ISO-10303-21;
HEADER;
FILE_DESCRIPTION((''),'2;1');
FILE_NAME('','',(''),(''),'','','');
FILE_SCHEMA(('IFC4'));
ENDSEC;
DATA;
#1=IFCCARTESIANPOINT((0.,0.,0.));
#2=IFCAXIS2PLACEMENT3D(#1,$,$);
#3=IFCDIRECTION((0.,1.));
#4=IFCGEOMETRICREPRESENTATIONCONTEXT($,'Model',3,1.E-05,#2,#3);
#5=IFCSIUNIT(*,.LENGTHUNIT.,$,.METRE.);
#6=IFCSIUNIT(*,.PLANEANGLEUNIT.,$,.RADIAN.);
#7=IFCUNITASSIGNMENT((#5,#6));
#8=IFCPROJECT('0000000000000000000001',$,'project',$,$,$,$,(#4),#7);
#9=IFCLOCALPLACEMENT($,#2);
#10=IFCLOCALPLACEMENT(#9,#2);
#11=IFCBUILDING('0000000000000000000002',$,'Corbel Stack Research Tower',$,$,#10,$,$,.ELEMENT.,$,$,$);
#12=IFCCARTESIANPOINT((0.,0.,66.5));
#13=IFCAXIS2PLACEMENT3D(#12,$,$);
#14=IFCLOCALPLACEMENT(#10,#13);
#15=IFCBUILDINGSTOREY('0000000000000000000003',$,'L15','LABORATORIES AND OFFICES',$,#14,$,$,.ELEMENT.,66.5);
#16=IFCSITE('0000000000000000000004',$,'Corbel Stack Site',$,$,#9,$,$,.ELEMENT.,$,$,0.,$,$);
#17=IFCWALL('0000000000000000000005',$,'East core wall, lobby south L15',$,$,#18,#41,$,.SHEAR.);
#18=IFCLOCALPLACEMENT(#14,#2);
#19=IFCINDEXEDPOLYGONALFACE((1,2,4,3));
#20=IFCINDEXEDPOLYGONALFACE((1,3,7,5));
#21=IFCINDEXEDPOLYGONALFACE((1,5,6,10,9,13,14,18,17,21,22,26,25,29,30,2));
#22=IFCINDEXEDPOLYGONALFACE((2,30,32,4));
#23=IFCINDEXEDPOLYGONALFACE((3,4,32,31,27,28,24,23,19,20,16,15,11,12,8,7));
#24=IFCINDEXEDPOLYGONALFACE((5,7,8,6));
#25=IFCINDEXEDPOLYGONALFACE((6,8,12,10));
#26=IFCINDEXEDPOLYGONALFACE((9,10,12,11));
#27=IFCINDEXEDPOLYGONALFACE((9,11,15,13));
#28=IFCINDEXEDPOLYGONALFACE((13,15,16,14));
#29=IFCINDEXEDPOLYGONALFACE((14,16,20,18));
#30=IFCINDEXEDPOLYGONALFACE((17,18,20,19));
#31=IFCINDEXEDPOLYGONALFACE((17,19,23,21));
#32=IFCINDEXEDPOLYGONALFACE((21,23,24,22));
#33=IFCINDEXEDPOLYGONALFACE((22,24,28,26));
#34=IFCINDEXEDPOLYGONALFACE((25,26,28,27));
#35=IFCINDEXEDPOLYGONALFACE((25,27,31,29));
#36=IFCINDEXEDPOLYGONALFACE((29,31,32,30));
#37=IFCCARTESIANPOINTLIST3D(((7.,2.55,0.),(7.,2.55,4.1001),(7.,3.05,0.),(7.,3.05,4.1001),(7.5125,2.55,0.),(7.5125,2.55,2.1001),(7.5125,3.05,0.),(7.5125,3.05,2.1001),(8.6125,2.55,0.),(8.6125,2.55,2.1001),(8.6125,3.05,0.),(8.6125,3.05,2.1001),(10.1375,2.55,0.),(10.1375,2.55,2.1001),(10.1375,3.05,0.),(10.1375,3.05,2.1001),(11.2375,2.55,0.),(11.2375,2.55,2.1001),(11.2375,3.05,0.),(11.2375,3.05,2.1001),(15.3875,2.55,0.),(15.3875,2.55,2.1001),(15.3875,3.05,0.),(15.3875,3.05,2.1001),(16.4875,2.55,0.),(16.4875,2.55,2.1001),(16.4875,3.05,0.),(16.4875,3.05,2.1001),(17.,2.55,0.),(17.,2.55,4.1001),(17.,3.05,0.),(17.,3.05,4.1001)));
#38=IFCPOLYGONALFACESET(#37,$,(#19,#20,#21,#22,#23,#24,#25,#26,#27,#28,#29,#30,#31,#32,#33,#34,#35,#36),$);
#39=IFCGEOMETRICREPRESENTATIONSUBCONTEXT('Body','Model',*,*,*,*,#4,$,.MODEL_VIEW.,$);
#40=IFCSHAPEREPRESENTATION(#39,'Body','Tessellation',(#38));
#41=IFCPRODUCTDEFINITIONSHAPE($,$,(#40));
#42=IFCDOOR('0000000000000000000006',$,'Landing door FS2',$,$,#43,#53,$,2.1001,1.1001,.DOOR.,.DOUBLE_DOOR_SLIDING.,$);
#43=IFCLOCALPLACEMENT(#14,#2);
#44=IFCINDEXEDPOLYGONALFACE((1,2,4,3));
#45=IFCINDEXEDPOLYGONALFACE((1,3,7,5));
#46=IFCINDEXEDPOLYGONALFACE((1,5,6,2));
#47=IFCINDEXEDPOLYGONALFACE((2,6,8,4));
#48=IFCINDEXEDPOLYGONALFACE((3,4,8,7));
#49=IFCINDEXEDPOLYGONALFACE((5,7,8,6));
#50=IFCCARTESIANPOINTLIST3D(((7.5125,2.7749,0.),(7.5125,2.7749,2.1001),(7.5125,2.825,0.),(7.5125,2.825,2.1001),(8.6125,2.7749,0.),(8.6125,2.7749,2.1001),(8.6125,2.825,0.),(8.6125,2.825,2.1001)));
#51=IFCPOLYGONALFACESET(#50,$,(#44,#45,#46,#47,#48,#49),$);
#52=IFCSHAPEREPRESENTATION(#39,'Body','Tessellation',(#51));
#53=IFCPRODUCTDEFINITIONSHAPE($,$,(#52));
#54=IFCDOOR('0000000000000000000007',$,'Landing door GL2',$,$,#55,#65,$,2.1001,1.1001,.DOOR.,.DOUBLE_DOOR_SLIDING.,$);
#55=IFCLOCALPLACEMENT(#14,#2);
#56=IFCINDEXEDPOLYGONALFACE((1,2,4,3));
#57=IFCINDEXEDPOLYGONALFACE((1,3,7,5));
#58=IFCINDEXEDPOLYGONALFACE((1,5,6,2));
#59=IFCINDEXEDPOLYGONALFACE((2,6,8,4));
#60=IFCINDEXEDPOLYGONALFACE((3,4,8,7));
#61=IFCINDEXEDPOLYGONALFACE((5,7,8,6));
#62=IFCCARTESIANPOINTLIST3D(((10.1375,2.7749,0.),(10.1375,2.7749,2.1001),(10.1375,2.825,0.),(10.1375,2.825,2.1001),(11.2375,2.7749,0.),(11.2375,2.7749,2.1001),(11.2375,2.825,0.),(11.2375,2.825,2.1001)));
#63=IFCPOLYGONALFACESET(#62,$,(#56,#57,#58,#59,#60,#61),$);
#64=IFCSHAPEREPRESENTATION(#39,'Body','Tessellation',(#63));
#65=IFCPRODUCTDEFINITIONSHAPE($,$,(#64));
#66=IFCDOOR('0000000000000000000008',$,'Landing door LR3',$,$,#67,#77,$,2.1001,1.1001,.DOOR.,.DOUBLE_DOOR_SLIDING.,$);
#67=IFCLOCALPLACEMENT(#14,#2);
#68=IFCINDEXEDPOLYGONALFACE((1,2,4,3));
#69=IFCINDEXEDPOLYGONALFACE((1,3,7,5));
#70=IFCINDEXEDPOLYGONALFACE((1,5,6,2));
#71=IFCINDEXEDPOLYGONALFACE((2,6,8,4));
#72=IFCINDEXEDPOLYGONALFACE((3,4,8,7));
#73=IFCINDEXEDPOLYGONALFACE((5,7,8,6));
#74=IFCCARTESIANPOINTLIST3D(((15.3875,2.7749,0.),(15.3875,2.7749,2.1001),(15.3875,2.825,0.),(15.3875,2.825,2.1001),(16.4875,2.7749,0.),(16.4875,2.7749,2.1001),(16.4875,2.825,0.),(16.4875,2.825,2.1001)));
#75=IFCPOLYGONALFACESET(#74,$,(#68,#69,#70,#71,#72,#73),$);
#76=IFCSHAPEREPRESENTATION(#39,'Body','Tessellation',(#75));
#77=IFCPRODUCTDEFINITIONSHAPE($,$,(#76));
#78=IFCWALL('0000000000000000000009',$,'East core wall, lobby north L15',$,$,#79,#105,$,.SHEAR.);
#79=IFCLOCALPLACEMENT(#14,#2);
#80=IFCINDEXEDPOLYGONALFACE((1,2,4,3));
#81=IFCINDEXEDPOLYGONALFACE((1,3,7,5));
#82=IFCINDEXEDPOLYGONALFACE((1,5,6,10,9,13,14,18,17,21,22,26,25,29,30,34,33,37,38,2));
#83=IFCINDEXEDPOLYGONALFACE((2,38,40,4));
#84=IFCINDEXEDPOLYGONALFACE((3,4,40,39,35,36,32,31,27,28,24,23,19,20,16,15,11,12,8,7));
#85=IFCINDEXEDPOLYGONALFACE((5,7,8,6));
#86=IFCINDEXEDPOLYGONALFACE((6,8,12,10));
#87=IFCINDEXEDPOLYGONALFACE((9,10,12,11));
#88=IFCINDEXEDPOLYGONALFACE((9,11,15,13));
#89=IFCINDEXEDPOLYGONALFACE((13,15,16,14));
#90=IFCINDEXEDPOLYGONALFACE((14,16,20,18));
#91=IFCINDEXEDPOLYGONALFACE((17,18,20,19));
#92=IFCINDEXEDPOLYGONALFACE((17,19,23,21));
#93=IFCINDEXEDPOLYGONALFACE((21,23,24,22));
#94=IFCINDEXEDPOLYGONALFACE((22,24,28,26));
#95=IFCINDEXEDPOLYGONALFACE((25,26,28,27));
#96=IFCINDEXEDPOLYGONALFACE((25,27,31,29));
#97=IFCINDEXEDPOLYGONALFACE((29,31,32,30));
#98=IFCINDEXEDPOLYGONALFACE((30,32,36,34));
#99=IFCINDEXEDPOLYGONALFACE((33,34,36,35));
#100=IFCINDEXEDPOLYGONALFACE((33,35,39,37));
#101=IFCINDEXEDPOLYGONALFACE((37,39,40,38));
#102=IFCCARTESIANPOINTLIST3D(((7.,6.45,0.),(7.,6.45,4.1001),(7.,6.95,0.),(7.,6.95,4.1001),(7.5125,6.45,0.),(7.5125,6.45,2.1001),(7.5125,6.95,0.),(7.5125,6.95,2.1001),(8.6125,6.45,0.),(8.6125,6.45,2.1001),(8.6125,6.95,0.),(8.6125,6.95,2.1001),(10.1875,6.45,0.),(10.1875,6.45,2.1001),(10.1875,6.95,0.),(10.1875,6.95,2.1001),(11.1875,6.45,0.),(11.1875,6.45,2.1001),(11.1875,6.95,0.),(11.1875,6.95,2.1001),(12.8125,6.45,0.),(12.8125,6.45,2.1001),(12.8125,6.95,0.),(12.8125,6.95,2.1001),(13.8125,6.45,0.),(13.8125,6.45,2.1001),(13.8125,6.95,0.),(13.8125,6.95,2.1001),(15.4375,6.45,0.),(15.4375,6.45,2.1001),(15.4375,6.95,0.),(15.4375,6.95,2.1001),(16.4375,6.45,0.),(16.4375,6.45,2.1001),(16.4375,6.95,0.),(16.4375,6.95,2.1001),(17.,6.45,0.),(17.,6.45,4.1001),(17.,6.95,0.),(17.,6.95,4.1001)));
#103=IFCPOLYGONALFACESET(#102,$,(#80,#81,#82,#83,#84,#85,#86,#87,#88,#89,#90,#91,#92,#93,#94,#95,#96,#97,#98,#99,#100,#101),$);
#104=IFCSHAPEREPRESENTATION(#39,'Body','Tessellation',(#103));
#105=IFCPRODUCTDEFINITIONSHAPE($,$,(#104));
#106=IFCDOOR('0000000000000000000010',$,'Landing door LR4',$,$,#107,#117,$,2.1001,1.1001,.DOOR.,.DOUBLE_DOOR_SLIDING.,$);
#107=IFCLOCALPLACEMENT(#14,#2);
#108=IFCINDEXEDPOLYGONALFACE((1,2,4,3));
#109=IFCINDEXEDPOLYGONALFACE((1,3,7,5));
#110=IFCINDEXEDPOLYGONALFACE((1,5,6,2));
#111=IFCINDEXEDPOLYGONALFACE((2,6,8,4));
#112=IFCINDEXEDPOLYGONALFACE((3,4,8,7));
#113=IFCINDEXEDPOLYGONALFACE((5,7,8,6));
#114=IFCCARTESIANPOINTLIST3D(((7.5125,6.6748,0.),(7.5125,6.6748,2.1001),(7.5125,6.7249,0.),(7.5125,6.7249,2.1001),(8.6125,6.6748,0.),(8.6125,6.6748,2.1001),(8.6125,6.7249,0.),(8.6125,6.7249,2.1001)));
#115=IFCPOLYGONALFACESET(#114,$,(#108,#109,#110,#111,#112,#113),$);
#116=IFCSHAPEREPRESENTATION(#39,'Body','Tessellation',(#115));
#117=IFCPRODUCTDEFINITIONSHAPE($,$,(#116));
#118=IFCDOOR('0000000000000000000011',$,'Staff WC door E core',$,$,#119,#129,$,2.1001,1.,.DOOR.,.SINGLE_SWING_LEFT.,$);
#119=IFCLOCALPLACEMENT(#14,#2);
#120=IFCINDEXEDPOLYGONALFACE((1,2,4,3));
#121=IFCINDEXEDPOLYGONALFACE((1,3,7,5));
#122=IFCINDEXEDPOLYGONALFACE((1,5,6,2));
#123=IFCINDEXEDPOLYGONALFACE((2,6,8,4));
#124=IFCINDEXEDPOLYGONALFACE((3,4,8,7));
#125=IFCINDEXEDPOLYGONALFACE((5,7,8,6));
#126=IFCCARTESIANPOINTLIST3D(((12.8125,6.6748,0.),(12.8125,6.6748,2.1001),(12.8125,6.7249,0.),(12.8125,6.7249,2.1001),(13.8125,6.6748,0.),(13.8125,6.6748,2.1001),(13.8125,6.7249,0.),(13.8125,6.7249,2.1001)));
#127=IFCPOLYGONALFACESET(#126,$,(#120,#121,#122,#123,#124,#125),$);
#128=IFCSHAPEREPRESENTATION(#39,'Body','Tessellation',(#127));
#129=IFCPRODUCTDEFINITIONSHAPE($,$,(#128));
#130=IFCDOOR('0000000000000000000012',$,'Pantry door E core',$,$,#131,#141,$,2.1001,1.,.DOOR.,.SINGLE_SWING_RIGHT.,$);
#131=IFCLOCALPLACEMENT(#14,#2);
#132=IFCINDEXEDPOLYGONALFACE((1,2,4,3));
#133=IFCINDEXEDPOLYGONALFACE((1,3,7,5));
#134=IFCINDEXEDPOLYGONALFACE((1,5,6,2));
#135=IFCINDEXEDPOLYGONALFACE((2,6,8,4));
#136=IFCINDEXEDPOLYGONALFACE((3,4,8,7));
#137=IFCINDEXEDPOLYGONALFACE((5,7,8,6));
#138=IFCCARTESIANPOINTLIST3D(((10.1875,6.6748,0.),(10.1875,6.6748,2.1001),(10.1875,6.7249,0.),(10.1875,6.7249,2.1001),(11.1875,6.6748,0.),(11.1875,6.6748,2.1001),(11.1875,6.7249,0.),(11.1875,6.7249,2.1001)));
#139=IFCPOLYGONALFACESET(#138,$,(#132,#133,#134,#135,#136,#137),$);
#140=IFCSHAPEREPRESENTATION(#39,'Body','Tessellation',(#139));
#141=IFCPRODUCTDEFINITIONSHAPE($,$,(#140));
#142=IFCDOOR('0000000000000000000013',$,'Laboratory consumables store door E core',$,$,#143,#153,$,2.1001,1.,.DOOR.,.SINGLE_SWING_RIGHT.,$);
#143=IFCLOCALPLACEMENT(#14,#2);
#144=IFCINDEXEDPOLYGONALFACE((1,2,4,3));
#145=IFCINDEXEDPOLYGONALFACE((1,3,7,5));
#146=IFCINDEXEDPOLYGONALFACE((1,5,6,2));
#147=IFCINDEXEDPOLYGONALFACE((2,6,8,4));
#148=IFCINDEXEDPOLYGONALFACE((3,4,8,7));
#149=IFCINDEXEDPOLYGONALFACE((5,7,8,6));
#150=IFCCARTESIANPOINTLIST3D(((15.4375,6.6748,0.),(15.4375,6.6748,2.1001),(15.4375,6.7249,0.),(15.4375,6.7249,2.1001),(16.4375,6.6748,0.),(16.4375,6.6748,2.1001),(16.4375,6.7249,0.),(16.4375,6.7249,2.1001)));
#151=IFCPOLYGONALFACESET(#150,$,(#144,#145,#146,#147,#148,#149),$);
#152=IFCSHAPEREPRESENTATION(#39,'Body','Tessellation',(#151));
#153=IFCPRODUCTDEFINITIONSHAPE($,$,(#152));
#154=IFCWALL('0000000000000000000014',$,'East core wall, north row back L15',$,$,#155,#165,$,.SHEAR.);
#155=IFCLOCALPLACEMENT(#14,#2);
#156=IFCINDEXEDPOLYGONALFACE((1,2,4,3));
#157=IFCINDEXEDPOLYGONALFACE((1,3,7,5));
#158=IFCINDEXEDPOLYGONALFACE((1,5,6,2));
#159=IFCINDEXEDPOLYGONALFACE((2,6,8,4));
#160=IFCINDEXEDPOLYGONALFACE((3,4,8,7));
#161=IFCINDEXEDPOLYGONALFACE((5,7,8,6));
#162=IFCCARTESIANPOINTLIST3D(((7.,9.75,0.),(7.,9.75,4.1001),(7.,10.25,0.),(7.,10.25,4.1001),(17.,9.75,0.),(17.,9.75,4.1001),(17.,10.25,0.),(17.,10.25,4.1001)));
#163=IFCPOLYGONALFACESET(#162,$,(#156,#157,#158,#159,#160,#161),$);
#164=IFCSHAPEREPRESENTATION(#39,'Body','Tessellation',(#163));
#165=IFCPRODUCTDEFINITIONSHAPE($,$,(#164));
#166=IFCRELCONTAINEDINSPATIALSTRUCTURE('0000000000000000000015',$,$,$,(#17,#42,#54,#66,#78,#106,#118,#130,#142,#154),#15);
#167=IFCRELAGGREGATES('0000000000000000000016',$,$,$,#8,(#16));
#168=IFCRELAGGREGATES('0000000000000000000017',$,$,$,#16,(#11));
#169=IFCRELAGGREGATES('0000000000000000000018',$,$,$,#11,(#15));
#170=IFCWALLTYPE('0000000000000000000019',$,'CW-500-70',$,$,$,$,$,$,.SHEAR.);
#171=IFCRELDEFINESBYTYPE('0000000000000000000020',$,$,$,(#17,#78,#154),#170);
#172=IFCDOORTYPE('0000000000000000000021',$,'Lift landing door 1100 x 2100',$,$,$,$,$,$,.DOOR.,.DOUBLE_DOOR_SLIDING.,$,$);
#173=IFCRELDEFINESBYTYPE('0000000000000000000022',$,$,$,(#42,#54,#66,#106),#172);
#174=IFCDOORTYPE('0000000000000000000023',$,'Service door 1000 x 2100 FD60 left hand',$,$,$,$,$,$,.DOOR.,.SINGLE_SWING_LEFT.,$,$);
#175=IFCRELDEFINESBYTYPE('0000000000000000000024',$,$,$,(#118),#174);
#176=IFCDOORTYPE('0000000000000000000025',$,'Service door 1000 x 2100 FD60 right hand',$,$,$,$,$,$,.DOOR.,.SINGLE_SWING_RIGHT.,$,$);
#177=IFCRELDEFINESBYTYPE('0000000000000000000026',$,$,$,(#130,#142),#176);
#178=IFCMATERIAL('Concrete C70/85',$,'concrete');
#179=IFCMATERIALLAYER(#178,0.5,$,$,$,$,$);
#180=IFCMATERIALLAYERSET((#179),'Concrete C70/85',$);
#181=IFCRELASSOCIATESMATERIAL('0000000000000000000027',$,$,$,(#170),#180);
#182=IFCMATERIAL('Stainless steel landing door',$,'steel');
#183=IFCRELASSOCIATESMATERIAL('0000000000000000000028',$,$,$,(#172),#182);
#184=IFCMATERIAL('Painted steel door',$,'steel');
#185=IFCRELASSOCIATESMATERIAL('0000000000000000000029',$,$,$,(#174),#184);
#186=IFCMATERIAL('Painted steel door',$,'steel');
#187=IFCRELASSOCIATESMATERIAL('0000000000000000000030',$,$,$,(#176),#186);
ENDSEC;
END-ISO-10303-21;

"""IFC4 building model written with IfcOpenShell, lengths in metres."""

from ifc_helpers import new_model, si_unit, direction, frame, frame_2d, origin, place, context, subcontext, project, spatial, rectangle, extrude, material, layer, layer_set, type_object, element, fill, save


model = new_model("IFC4")

# Units and contexts
model_context = context("Model", 3, precision=1e-05, world=origin(), true_north=direction((0.0, 1.0)))
body_context = subcontext(model_context, "Body", "Model", "MODEL_VIEW")
ifc_project = project(units=[si_unit("LENGTHUNIT", "METRE"), si_unit("PLANEANGLEUNIT", "RADIAN")], contexts=[model_context])

# Site, building, storey
site_placement = place(None, origin())
site = spatial("IfcSite", under=ifc_project, at=site_placement, Name="Corbel Stack Site", CompositionType="ELEMENT", RefElevation=0.0)
building_placement = place(site_placement, origin())
building = spatial("IfcBuilding", under=site, at=building_placement, Name="Corbel Stack Research Tower", CompositionType="ELEMENT")
storey_placement = place(building_placement, frame((0.0, 0.0, 66.5)))
storey = spatial("IfcBuildingStorey", under=building, at=storey_placement, Name="L15", Description="LABORATORIES AND OFFICES", CompositionType="ELEMENT", Elevation=66.5)

# Walls, openings, doors
ifc_material_1 = material(Name="Concrete C70/85", Category="concrete")
ifc_layer_1 = layer(ifc_material_1, 0.5)
ifc_layer_set_1 = layer_set([ifc_layer_1], Name="Concrete C70/85")
wall_type_1 = type_object("IfcWallType", Name="CW-500-70", PredefinedType="SHEAR", material=ifc_layer_set_1)
wall_1_placement = place(storey_placement, frame((7.0, 2.8, 0.0), z_axis=(0.0, 0.0, 1.0), x_axis=(1.0, 0.0, 0.0)))
wall_1 = element("IfcWall", 1, at=wall_1_placement, inside=storey, type_object=wall_type_1, Name="East core wall, lobby south L15", PredefinedType="SHEAR", context=body_context, shape_type="SweptSolid", body=[
    extrude(rectangle(XDim=10.0, YDim=0.5, at=frame_2d((5.0, 0.0))), origin(), (0.0, 0.0, 1.0), 4.1001),
])
opening_1_placement = place(wall_1_placement, frame((0.5125, 0.0, 0.0)))
opening_1 = element("IfcOpeningElement", 2, at=opening_1_placement, cuts=wall_1, PredefinedType="OPENING", context=body_context, shape_type="SweptSolid", body=[
    extrude(rectangle(XDim=1.1001, YDim=2.1001, at=frame_2d((0.55, 1.05))), frame((0.0, 0.26, 0.0), z_axis=(0.0, -1.0, 0.0), x_axis=(1.0, 0.0, 0.0)), (0.0, 0.0, 1.0), 0.52),
])
opening_2_placement = place(wall_1_placement, frame((3.1375, 0.0, 0.0)))
opening_2 = element("IfcOpeningElement", 3, at=opening_2_placement, cuts=wall_1, PredefinedType="OPENING", context=body_context, shape_type="SweptSolid", body=[
    extrude(rectangle(XDim=1.1001, YDim=2.1001, at=frame_2d((0.55, 1.05))), frame((0.0, 0.26, 0.0), z_axis=(0.0, -1.0, 0.0), x_axis=(1.0, 0.0, 0.0)), (0.0, 0.0, 1.0), 0.52),
])
opening_3_placement = place(wall_1_placement, frame((8.3875, 0.0, 0.0)))
opening_3 = element("IfcOpeningElement", 4, at=opening_3_placement, cuts=wall_1, PredefinedType="OPENING", context=body_context, shape_type="SweptSolid", body=[
    extrude(rectangle(XDim=1.1001, YDim=2.1001, at=frame_2d((0.55, 1.05))), frame((0.0, 0.26, 0.0), z_axis=(0.0, -1.0, 0.0), x_axis=(1.0, 0.0, 0.0)), (0.0, 0.0, 1.0), 0.52),
])
ifc_material_2 = material(Name="Stainless steel landing door", Category="steel")
door_type_1 = type_object("IfcDoorType", Name="Lift landing door 1100 x 2100", OperationType="DOUBLE_DOOR_SLIDING", PredefinedType="DOOR", material=ifc_material_2)
door_1_placement = place(opening_1_placement, origin())
door_1 = element("IfcDoor", 5, at=door_1_placement, inside=storey, type_object=door_type_1, Name="Landing door FS2", OperationType="DOUBLE_DOOR_SLIDING", OverallHeight=2.1001, OverallWidth=1.1001, PredefinedType="DOOR", context=body_context, shape_type="SweptSolid", body=[
    extrude(rectangle(XDim=1.1001, YDim=2.1001, at=frame_2d((0.55, 1.05))), frame((0.0, 0.0249, 0.0), z_axis=(0.0, -1.0, 0.0), x_axis=(1.0, 0.0, 0.0)), (0.0, 0.0, 1.0), 0.05),
])
fill(opening_1, door_1)
door_2_placement = place(opening_2_placement, origin())
door_2 = element("IfcDoor", 6, at=door_2_placement, inside=storey, type_object=door_type_1, Name="Landing door GL2", OperationType="DOUBLE_DOOR_SLIDING", OverallHeight=2.1001, OverallWidth=1.1001, PredefinedType="DOOR", context=body_context, shape_type="SweptSolid", body=[
    extrude(rectangle(XDim=1.1001, YDim=2.1001, at=frame_2d((0.55, 1.05))), frame((0.0, 0.0249, 0.0), z_axis=(0.0, -1.0, 0.0), x_axis=(1.0, 0.0, 0.0)), (0.0, 0.0, 1.0), 0.05),
])
fill(opening_2, door_2)
door_3_placement = place(opening_3_placement, origin())
door_3 = element("IfcDoor", 7, at=door_3_placement, inside=storey, type_object=door_type_1, Name="Landing door LR3", OperationType="DOUBLE_DOOR_SLIDING", OverallHeight=2.1001, OverallWidth=1.1001, PredefinedType="DOOR", context=body_context, shape_type="SweptSolid", body=[
    extrude(rectangle(XDim=1.1001, YDim=2.1001, at=frame_2d((0.55, 1.05))), frame((0.0, 0.0249, 0.0), z_axis=(0.0, -1.0, 0.0), x_axis=(1.0, 0.0, 0.0)), (0.0, 0.0, 1.0), 0.05),
])
fill(opening_3, door_3)
wall_2_placement = place(storey_placement, frame((7.0, 6.7, 0.0), z_axis=(0.0, 0.0, 1.0), x_axis=(1.0, 0.0, 0.0)))
wall_2 = element("IfcWall", 8, at=wall_2_placement, inside=storey, type_object=wall_type_1, Name="East core wall, lobby north L15", PredefinedType="SHEAR", context=body_context, shape_type="SweptSolid", body=[
    extrude(rectangle(XDim=10.0, YDim=0.5, at=frame_2d((5.0, 0.0))), origin(), (0.0, 0.0, 1.0), 4.1001),
])
opening_4_placement = place(wall_2_placement, frame((0.5125, 0.0, 0.0)))
opening_4 = element("IfcOpeningElement", 9, at=opening_4_placement, cuts=wall_2, PredefinedType="OPENING", context=body_context, shape_type="SweptSolid", body=[
    extrude(rectangle(XDim=1.1001, YDim=2.1001, at=frame_2d((0.55, 1.05))), frame((0.0, 0.26, 0.0), z_axis=(0.0, -1.0, 0.0), x_axis=(1.0, 0.0, 0.0)), (0.0, 0.0, 1.0), 0.52),
])
opening_5_placement = place(wall_2_placement, frame((3.1875, 0.0, 0.0)))
opening_5 = element("IfcOpeningElement", 10, at=opening_5_placement, cuts=wall_2, PredefinedType="OPENING", context=body_context, shape_type="SweptSolid", body=[
    extrude(rectangle(XDim=1.0, YDim=2.1001, at=frame_2d((0.5, 1.05))), frame((0.0, 0.26, 0.0), z_axis=(0.0, -1.0, 0.0), x_axis=(1.0, 0.0, 0.0)), (0.0, 0.0, 1.0), 0.52),
])
opening_6_placement = place(wall_2_placement, frame((5.8125, 0.0, 0.0)))
opening_6 = element("IfcOpeningElement", 11, at=opening_6_placement, cuts=wall_2, PredefinedType="OPENING", context=body_context, shape_type="SweptSolid", body=[
    extrude(rectangle(XDim=1.0, YDim=2.1001, at=frame_2d((0.5, 1.05))), frame((0.0, 0.26, 0.0), z_axis=(0.0, -1.0, 0.0), x_axis=(1.0, 0.0, 0.0)), (0.0, 0.0, 1.0), 0.52),
])
opening_7_placement = place(wall_2_placement, frame((8.4375, 0.0, 0.0)))
opening_7 = element("IfcOpeningElement", 12, at=opening_7_placement, cuts=wall_2, PredefinedType="OPENING", context=body_context, shape_type="SweptSolid", body=[
    extrude(rectangle(XDim=1.0, YDim=2.1001, at=frame_2d((0.5, 1.05))), frame((0.0, 0.26, 0.0), z_axis=(0.0, -1.0, 0.0), x_axis=(1.0, 0.0, 0.0)), (0.0, 0.0, 1.0), 0.52),
])
door_4_placement = place(opening_4_placement, origin())
door_4 = element("IfcDoor", 13, at=door_4_placement, inside=storey, type_object=door_type_1, Name="Landing door LR4", OperationType="DOUBLE_DOOR_SLIDING", OverallHeight=2.1001, OverallWidth=1.1001, PredefinedType="DOOR", context=body_context, shape_type="SweptSolid", body=[
    extrude(rectangle(XDim=1.1001, YDim=2.1001, at=frame_2d((0.55, 1.05))), frame((0.0, 0.0249, 0.0), z_axis=(0.0, -1.0, 0.0), x_axis=(1.0, 0.0, 0.0)), (0.0, 0.0, 1.0), 0.05),
])
fill(opening_4, door_4)
ifc_material_3 = material(Name="Painted steel door", Category="steel")
door_type_2 = type_object("IfcDoorType", Name="Service door 1000 x 2100 FD60 left hand", OperationType="SINGLE_SWING_LEFT", PredefinedType="DOOR", material=ifc_material_3)
door_5_placement = place(opening_6_placement, origin())
door_5 = element("IfcDoor", 14, at=door_5_placement, inside=storey, type_object=door_type_2, Name="Staff WC door E core", OperationType="SINGLE_SWING_LEFT", OverallHeight=2.1001, OverallWidth=1.0, PredefinedType="DOOR", context=body_context, shape_type="SweptSolid", body=[
    extrude(rectangle(XDim=1.0, YDim=2.1001, at=frame_2d((0.5, 1.05))), frame((0.0, 0.0249, 0.0), z_axis=(0.0, -1.0, 0.0), x_axis=(1.0, 0.0, 0.0)), (0.0, 0.0, 1.0), 0.05),
])
fill(opening_6, door_5)
ifc_material_4 = material(Name="Painted steel door", Category="steel")
door_type_3 = type_object("IfcDoorType", Name="Service door 1000 x 2100 FD60 right hand", OperationType="SINGLE_SWING_RIGHT", PredefinedType="DOOR", material=ifc_material_4)
door_6_placement = place(opening_5_placement, origin())
door_6 = element("IfcDoor", 15, at=door_6_placement, inside=storey, type_object=door_type_3, Name="Pantry door E core", OperationType="SINGLE_SWING_RIGHT", OverallHeight=2.1001, OverallWidth=1.0, PredefinedType="DOOR", context=body_context, shape_type="SweptSolid", body=[
    extrude(rectangle(XDim=1.0, YDim=2.1001, at=frame_2d((0.5, 1.05))), frame((0.0, 0.0249, 0.0), z_axis=(0.0, -1.0, 0.0), x_axis=(1.0, 0.0, 0.0)), (0.0, 0.0, 1.0), 0.05),
])
fill(opening_5, door_6)
door_7_placement = place(opening_7_placement, origin())
door_7 = element("IfcDoor", 16, at=door_7_placement, inside=storey, type_object=door_type_3, Name="Laboratory consumables store door E core", OperationType="SINGLE_SWING_RIGHT", OverallHeight=2.1001, OverallWidth=1.0, PredefinedType="DOOR", context=body_context, shape_type="SweptSolid", body=[
    extrude(rectangle(XDim=1.0, YDim=2.1001, at=frame_2d((0.5, 1.05))), frame((0.0, 0.0249, 0.0), z_axis=(0.0, -1.0, 0.0), x_axis=(1.0, 0.0, 0.0)), (0.0, 0.0, 1.0), 0.05),
])
fill(opening_7, door_7)

# Wall
wall_3_placement = place(storey_placement, frame((7.0, 10.0, 0.0), z_axis=(0.0, 0.0, 1.0), x_axis=(1.0, 0.0, 0.0)))
element("IfcWall", 17, at=wall_3_placement, inside=storey, type_object=wall_type_1, Name="East core wall, north row back L15", PredefinedType="SHEAR", context=body_context, shape_type="SweptSolid", body=[
    extrude(rectangle(XDim=10.0, YDim=0.5, at=frame_2d((5.0, 0.0))), origin(), (0.0, 0.0, 1.0), 4.1001),
])

save(model, "model.ifc")
